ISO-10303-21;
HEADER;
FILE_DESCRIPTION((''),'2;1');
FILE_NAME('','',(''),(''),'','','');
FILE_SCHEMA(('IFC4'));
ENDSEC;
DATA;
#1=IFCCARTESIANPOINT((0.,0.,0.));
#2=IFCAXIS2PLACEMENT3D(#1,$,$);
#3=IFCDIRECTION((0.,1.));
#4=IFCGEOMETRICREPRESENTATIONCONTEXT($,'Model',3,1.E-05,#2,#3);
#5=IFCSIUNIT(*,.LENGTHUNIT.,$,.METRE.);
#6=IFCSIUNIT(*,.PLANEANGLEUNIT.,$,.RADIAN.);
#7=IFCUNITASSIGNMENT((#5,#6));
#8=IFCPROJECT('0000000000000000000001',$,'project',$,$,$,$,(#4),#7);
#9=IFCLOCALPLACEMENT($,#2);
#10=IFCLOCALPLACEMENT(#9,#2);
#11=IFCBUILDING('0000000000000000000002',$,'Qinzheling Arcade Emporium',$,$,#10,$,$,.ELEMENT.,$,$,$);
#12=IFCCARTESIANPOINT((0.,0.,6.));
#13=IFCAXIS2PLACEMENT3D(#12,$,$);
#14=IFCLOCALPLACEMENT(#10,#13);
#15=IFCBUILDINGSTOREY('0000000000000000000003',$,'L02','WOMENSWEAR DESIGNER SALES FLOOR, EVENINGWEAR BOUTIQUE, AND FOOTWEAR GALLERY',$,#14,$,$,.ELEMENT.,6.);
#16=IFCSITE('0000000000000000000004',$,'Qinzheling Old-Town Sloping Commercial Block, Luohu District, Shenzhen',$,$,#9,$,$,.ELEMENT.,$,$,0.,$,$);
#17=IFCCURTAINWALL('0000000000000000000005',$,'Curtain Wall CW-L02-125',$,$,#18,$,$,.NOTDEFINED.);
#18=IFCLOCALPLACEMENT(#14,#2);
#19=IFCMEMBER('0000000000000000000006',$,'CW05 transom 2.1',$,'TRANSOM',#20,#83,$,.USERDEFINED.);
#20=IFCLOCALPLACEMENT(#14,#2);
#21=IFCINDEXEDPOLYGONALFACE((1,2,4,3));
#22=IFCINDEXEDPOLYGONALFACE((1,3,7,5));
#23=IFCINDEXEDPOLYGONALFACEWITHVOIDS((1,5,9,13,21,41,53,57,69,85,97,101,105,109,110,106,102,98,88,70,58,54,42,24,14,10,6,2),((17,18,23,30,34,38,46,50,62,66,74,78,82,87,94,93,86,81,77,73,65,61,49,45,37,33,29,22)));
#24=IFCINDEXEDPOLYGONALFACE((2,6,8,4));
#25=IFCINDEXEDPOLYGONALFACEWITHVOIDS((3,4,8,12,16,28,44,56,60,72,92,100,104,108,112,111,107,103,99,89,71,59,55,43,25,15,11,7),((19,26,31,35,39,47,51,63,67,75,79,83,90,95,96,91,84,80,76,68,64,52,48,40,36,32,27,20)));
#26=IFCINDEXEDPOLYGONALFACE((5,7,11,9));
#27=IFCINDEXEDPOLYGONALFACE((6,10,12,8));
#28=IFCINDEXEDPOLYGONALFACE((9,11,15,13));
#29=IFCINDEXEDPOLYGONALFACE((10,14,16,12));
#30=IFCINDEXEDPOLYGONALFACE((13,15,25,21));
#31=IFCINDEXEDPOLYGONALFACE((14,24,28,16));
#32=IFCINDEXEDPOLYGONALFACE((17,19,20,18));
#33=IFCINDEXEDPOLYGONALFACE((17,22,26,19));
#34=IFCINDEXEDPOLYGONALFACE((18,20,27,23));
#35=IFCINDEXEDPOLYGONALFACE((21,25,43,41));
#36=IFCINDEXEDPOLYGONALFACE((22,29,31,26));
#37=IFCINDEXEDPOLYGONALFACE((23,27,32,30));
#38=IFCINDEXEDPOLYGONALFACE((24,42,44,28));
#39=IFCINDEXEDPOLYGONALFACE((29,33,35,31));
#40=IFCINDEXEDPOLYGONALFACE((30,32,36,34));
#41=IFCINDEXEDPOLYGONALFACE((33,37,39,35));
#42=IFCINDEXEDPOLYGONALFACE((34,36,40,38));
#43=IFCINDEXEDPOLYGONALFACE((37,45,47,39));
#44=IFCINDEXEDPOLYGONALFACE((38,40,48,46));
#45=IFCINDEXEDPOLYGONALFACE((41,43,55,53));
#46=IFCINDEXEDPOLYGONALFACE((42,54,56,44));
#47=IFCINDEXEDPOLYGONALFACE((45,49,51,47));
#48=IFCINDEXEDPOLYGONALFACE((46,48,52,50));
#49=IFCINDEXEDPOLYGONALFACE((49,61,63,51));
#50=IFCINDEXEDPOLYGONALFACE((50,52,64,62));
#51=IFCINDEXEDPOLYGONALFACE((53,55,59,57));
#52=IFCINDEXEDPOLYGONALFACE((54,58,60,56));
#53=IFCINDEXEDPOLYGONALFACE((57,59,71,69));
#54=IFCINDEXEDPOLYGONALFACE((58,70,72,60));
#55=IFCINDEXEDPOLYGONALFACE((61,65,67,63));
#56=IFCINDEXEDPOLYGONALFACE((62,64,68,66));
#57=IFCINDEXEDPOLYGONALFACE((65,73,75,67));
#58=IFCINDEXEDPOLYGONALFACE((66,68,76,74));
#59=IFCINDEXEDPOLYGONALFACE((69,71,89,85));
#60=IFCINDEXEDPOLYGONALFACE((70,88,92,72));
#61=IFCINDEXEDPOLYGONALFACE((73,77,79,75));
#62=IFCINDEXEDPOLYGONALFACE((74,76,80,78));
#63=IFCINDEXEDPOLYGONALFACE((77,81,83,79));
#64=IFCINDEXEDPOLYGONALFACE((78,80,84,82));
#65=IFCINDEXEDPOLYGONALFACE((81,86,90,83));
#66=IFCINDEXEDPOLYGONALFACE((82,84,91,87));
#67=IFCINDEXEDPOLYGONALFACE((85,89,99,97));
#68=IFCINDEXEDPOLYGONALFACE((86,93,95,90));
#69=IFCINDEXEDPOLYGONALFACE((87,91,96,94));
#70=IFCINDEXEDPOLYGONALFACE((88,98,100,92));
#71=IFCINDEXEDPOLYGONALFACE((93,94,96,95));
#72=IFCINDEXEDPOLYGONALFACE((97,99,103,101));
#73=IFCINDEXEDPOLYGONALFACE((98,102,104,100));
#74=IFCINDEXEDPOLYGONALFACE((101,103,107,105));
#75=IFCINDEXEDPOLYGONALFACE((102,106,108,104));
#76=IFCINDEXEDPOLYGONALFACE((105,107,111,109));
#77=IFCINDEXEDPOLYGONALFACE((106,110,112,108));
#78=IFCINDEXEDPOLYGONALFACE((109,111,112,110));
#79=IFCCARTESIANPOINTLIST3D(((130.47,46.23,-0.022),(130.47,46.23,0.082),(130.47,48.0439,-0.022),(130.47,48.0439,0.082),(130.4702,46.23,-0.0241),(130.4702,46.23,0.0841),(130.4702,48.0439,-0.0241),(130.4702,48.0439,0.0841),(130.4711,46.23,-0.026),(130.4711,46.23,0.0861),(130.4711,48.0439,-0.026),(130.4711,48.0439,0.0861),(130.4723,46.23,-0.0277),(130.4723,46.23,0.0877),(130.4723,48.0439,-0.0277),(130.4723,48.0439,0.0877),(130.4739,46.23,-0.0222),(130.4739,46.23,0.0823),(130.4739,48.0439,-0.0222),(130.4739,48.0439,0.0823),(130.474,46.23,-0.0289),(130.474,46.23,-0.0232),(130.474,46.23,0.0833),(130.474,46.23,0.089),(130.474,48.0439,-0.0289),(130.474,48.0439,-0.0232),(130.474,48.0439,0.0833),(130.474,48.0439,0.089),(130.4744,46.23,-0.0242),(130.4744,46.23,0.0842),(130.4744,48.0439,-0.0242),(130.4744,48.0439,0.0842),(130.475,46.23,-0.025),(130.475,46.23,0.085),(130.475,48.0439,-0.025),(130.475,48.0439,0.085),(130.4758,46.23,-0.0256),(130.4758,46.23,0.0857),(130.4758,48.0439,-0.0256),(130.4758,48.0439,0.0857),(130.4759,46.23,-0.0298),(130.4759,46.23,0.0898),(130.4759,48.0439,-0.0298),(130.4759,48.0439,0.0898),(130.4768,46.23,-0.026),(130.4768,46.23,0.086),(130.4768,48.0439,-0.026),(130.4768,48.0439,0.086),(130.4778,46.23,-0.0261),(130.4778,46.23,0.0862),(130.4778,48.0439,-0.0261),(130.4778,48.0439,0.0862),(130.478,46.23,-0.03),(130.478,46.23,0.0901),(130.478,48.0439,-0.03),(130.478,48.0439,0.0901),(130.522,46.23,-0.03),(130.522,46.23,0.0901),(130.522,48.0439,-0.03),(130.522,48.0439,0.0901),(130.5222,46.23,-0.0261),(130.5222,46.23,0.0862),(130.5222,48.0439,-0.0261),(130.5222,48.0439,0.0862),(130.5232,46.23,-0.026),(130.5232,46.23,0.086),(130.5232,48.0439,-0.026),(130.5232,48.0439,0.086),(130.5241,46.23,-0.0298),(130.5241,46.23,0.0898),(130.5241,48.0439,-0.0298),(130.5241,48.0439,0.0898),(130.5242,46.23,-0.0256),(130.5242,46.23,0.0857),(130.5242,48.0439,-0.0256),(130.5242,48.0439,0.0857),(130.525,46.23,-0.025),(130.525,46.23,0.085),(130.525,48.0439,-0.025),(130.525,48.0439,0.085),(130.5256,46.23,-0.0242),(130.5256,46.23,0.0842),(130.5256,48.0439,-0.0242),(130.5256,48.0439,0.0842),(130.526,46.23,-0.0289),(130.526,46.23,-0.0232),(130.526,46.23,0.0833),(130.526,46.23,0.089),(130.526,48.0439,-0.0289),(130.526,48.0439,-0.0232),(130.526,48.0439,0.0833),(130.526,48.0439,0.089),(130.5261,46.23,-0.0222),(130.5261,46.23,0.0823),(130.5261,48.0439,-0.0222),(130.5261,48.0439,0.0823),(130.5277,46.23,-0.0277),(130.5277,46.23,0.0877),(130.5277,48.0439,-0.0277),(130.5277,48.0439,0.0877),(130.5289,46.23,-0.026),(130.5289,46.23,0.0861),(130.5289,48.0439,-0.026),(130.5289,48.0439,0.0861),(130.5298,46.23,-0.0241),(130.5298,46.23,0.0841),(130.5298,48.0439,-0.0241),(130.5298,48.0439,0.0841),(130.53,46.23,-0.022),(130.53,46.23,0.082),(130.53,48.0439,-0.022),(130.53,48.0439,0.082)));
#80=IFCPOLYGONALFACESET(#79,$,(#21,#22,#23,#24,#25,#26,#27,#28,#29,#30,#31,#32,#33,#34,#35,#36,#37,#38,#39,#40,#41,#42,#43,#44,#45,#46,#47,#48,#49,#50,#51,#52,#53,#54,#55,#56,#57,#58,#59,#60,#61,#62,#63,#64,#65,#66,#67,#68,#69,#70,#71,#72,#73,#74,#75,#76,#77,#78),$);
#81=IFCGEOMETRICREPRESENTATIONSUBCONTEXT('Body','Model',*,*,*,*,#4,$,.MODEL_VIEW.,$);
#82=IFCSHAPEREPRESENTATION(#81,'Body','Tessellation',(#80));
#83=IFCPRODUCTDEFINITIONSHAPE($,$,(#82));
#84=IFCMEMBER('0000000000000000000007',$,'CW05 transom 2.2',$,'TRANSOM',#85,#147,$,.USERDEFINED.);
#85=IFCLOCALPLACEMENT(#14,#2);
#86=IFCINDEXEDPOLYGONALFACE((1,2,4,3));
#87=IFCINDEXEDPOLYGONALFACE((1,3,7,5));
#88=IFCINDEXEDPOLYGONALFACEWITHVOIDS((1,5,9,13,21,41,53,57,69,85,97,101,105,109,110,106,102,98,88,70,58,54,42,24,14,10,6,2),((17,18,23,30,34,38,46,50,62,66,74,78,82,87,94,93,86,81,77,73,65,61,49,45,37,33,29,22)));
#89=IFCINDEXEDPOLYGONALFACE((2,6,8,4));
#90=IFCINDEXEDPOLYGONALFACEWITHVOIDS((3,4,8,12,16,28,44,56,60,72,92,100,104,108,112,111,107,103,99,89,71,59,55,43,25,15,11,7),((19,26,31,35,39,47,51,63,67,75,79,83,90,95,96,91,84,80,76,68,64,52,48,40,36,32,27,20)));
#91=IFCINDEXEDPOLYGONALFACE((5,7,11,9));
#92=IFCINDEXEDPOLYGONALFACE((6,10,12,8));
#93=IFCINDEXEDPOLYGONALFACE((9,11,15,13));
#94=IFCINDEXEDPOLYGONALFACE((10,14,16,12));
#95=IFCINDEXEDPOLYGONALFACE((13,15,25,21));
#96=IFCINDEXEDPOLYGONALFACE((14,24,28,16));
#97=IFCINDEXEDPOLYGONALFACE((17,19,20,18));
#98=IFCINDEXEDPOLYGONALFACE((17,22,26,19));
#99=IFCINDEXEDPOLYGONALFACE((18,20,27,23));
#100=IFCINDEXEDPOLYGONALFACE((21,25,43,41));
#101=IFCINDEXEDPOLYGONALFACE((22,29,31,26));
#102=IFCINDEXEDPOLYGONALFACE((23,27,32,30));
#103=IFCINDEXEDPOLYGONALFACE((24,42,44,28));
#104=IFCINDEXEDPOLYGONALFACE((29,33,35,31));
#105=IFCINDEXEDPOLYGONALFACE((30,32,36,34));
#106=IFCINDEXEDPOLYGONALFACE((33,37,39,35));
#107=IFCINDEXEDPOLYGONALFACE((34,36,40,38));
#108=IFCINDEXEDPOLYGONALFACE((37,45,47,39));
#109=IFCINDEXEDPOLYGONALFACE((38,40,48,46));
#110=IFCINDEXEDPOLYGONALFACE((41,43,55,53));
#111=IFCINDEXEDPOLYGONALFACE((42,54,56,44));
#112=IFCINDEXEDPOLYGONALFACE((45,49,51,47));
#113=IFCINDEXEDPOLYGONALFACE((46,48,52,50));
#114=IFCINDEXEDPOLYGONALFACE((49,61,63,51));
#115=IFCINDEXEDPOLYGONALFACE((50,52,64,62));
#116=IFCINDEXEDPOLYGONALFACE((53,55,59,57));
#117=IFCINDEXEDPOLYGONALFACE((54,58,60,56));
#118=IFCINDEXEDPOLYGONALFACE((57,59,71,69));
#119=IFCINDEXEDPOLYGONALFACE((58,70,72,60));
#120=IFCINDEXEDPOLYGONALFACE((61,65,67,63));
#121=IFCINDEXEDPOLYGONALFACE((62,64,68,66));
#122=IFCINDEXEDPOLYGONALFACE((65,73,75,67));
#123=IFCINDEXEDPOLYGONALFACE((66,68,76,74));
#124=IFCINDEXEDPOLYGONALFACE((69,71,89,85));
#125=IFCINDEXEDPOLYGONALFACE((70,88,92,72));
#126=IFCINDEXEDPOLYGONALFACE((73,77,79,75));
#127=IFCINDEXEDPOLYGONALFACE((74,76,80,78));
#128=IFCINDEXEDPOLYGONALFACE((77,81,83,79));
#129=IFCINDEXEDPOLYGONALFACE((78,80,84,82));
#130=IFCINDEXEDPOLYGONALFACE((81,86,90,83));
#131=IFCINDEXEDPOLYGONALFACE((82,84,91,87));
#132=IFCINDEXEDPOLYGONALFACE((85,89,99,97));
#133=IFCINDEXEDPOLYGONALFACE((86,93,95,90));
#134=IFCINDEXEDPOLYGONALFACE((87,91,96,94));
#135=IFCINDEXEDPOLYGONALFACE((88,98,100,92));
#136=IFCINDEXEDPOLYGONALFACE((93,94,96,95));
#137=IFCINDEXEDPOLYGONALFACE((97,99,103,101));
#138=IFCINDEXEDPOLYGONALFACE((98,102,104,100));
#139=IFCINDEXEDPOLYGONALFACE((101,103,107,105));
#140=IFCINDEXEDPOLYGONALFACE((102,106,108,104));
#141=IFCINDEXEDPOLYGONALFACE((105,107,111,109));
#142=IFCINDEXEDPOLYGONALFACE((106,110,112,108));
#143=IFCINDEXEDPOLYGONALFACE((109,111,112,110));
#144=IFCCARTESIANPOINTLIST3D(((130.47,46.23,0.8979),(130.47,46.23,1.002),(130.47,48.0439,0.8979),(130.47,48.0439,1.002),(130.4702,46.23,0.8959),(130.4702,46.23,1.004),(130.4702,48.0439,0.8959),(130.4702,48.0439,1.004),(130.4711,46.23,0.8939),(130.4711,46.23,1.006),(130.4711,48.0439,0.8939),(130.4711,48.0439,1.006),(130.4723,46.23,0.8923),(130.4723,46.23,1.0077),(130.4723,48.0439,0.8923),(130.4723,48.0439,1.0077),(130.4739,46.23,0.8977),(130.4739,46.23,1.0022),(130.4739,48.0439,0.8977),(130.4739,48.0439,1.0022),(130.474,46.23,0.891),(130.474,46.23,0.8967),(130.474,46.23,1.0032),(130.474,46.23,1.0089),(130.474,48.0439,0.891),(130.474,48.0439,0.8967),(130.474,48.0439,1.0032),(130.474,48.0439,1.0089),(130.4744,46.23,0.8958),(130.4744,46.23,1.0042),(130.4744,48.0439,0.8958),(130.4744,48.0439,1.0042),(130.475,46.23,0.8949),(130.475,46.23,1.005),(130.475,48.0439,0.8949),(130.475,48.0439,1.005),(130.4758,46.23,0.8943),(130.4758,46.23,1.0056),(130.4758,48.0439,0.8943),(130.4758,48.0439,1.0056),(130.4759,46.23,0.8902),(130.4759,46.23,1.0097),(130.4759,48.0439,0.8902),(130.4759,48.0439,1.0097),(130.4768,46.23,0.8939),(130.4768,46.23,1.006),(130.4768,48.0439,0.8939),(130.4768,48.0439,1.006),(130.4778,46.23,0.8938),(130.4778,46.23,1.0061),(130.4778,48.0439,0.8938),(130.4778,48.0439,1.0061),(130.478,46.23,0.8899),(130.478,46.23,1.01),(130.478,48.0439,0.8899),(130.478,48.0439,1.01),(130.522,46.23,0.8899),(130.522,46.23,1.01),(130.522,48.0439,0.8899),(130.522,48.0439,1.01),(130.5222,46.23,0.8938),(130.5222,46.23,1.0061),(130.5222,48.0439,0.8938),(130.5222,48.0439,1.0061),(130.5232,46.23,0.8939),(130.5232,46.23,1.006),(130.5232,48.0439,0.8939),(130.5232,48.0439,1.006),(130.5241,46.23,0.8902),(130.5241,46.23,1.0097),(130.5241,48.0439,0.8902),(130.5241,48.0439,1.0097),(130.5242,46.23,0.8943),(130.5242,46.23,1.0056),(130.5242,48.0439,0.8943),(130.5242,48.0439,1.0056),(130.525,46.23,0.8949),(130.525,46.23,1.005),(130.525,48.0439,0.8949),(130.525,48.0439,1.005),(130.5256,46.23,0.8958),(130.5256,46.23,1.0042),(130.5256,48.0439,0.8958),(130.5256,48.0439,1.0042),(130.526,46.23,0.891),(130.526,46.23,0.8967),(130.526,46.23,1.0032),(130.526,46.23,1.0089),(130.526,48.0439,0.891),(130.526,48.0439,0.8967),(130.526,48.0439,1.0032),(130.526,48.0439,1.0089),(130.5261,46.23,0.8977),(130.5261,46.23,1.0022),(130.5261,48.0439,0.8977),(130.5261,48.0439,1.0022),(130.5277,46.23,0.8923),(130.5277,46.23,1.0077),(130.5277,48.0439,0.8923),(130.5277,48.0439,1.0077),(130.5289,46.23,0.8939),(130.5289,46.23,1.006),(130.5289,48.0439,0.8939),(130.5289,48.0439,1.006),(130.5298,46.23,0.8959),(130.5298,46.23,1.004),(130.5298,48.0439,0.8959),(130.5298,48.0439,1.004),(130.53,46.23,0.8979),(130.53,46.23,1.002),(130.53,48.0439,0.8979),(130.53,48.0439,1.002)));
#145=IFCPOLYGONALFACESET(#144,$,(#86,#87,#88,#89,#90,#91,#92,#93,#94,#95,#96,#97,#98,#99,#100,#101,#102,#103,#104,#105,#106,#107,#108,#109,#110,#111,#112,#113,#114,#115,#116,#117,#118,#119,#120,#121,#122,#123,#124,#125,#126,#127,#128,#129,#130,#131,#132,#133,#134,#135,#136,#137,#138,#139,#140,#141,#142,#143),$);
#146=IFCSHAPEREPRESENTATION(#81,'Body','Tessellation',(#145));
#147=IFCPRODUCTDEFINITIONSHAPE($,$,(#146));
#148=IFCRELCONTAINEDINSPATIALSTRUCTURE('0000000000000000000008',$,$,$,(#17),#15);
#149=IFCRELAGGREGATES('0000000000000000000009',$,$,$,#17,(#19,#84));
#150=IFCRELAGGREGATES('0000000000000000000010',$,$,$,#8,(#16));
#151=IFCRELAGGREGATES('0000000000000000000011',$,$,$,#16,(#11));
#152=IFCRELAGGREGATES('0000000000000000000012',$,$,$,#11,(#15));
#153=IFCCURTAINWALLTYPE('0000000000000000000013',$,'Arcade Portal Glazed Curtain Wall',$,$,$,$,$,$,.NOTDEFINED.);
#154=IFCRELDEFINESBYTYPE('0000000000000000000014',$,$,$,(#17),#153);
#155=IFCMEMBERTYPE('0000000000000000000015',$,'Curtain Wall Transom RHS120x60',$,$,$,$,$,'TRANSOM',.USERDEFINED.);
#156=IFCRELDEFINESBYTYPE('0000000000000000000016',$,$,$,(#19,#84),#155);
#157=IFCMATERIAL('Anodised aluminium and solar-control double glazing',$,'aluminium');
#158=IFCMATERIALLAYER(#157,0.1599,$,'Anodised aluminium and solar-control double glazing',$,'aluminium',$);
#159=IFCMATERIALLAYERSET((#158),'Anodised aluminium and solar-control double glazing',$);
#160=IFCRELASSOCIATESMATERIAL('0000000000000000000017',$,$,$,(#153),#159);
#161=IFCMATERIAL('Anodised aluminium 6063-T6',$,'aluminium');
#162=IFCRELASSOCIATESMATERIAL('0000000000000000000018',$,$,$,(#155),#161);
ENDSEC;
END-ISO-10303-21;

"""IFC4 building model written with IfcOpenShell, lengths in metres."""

from ifc_helpers import new_model, si_unit, direction, frame, origin, origin_2d, place, context, subcontext, project, spatial, hollow_rectangle, extrude, material, layer, layer_set, material_profile, profile_set, type_object, element, aggregate, save


model = new_model("IFC4")

# Units and contexts
model_context = context("Model", 3, precision=1e-05, world=origin(), true_north=direction((0.0, 1.0)))
body_context = subcontext(model_context, "Body", "Model", "MODEL_VIEW")
ifc_project = project(units=[si_unit("LENGTHUNIT", "METRE"), si_unit("PLANEANGLEUNIT", "RADIAN")], contexts=[model_context])

# Site, building, storey
site_placement = place(None, origin())
site = spatial("IfcSite", under=ifc_project, at=site_placement, Name="Qinzheling Old-Town Sloping Commercial Block, Luohu District, Shenzhen", CompositionType="ELEMENT", RefElevation=0.0)
building_placement = place(site_placement, origin())
building = spatial("IfcBuilding", under=site, at=building_placement, Name="Qinzheling Arcade Emporium", CompositionType="ELEMENT")
storey_placement = place(building_placement, frame((0.0, 0.0, 6.0)))
storey = spatial("IfcBuildingStorey", under=building, at=storey_placement, Name="L02", Description="WOMENSWEAR DESIGNER SALES FLOOR, EVENINGWEAR BOUTIQUE, AND FOOTWEAR GALLERY", CompositionType="ELEMENT", Elevation=6.0)

# Curtain wall, members
ifc_material_1 = material(Name="Anodised aluminium and solar-control double glazing", Category="aluminium")
ifc_layer_1 = layer(ifc_material_1, 0.1599, Name="Anodised aluminium and solar-control double glazing", Category="aluminium")
ifc_layer_set_1 = layer_set([ifc_layer_1], Name="Anodised aluminium and solar-control double glazing")
curtain_wall_type = type_object("IfcCurtainWallType", Name="Arcade Portal Glazed Curtain Wall", PredefinedType="NOTDEFINED", material=ifc_layer_set_1)
curtain_wall_placement = place(storey_placement, origin())
curtain_wall = element("IfcCurtainWall", 1, at=curtain_wall_placement, inside=storey, type_object=curtain_wall_type, Name="Curtain Wall CW-L02-125", PredefinedType="NOTDEFINED")
ifc_material_2 = material(Name="Anodised aluminium 6063-T6", Category="aluminium")
ifc_material_profile_1 = material_profile(ifc_material_2, hollow_rectangle(XDim=0.0601, YDim=0.1201, WallThickness=0.0039, InnerFilletRadius=0.0039, OuterFilletRadius=0.0081, at=origin_2d()), Name="RHS 120x60x4", Category="aluminium")
ifc_profile_set_1 = profile_set([ifc_material_profile_1], Name="Anodised aluminium 6063-T6")
member_type_1 = type_object("IfcMemberType", Name="Curtain Wall Transom RHS120x60", ElementType="TRANSOM", PredefinedType="USERDEFINED", material=ifc_profile_set_1)
member_1_placement = place(storey_placement, frame((130.5, 48.0439, 0.03), z_axis=(0.0, -1.0, 0.0), x_axis=(1.0, 0.0, 0.0)))
member_1 = element("IfcMember", 2, at=member_1_placement, type_object=member_type_1, Name="CW05 transom 2.1", ObjectType="TRANSOM", PredefinedType="USERDEFINED", context=body_context, shape_type="SweptSolid", body=[
    extrude(hollow_rectangle(XDim=0.0601, YDim=0.1201, WallThickness=0.0039, InnerFilletRadius=0.0039, OuterFilletRadius=0.0081, at=origin_2d()), origin(), (0.0, 0.0, 1.0), 1.814),
])
member_2_placement = place(storey_placement, frame((130.5, 48.0439, 0.95), z_axis=(0.0, -1.0, 0.0), x_axis=(1.0, 0.0, 0.0)))
member_2 = element("IfcMember", 3, at=member_2_placement, type_object=member_type_1, Name="CW05 transom 2.2", ObjectType="TRANSOM", PredefinedType="USERDEFINED", context=body_context, shape_type="SweptSolid", body=[
    extrude(hollow_rectangle(XDim=0.0601, YDim=0.1201, WallThickness=0.0039, InnerFilletRadius=0.0039, OuterFilletRadius=0.0081, at=origin_2d()), origin(), (0.0, 0.0, 1.0), 1.814),
])

aggregate(curtain_wall, [member_1, member_2])

save(model, "model.ifc")
